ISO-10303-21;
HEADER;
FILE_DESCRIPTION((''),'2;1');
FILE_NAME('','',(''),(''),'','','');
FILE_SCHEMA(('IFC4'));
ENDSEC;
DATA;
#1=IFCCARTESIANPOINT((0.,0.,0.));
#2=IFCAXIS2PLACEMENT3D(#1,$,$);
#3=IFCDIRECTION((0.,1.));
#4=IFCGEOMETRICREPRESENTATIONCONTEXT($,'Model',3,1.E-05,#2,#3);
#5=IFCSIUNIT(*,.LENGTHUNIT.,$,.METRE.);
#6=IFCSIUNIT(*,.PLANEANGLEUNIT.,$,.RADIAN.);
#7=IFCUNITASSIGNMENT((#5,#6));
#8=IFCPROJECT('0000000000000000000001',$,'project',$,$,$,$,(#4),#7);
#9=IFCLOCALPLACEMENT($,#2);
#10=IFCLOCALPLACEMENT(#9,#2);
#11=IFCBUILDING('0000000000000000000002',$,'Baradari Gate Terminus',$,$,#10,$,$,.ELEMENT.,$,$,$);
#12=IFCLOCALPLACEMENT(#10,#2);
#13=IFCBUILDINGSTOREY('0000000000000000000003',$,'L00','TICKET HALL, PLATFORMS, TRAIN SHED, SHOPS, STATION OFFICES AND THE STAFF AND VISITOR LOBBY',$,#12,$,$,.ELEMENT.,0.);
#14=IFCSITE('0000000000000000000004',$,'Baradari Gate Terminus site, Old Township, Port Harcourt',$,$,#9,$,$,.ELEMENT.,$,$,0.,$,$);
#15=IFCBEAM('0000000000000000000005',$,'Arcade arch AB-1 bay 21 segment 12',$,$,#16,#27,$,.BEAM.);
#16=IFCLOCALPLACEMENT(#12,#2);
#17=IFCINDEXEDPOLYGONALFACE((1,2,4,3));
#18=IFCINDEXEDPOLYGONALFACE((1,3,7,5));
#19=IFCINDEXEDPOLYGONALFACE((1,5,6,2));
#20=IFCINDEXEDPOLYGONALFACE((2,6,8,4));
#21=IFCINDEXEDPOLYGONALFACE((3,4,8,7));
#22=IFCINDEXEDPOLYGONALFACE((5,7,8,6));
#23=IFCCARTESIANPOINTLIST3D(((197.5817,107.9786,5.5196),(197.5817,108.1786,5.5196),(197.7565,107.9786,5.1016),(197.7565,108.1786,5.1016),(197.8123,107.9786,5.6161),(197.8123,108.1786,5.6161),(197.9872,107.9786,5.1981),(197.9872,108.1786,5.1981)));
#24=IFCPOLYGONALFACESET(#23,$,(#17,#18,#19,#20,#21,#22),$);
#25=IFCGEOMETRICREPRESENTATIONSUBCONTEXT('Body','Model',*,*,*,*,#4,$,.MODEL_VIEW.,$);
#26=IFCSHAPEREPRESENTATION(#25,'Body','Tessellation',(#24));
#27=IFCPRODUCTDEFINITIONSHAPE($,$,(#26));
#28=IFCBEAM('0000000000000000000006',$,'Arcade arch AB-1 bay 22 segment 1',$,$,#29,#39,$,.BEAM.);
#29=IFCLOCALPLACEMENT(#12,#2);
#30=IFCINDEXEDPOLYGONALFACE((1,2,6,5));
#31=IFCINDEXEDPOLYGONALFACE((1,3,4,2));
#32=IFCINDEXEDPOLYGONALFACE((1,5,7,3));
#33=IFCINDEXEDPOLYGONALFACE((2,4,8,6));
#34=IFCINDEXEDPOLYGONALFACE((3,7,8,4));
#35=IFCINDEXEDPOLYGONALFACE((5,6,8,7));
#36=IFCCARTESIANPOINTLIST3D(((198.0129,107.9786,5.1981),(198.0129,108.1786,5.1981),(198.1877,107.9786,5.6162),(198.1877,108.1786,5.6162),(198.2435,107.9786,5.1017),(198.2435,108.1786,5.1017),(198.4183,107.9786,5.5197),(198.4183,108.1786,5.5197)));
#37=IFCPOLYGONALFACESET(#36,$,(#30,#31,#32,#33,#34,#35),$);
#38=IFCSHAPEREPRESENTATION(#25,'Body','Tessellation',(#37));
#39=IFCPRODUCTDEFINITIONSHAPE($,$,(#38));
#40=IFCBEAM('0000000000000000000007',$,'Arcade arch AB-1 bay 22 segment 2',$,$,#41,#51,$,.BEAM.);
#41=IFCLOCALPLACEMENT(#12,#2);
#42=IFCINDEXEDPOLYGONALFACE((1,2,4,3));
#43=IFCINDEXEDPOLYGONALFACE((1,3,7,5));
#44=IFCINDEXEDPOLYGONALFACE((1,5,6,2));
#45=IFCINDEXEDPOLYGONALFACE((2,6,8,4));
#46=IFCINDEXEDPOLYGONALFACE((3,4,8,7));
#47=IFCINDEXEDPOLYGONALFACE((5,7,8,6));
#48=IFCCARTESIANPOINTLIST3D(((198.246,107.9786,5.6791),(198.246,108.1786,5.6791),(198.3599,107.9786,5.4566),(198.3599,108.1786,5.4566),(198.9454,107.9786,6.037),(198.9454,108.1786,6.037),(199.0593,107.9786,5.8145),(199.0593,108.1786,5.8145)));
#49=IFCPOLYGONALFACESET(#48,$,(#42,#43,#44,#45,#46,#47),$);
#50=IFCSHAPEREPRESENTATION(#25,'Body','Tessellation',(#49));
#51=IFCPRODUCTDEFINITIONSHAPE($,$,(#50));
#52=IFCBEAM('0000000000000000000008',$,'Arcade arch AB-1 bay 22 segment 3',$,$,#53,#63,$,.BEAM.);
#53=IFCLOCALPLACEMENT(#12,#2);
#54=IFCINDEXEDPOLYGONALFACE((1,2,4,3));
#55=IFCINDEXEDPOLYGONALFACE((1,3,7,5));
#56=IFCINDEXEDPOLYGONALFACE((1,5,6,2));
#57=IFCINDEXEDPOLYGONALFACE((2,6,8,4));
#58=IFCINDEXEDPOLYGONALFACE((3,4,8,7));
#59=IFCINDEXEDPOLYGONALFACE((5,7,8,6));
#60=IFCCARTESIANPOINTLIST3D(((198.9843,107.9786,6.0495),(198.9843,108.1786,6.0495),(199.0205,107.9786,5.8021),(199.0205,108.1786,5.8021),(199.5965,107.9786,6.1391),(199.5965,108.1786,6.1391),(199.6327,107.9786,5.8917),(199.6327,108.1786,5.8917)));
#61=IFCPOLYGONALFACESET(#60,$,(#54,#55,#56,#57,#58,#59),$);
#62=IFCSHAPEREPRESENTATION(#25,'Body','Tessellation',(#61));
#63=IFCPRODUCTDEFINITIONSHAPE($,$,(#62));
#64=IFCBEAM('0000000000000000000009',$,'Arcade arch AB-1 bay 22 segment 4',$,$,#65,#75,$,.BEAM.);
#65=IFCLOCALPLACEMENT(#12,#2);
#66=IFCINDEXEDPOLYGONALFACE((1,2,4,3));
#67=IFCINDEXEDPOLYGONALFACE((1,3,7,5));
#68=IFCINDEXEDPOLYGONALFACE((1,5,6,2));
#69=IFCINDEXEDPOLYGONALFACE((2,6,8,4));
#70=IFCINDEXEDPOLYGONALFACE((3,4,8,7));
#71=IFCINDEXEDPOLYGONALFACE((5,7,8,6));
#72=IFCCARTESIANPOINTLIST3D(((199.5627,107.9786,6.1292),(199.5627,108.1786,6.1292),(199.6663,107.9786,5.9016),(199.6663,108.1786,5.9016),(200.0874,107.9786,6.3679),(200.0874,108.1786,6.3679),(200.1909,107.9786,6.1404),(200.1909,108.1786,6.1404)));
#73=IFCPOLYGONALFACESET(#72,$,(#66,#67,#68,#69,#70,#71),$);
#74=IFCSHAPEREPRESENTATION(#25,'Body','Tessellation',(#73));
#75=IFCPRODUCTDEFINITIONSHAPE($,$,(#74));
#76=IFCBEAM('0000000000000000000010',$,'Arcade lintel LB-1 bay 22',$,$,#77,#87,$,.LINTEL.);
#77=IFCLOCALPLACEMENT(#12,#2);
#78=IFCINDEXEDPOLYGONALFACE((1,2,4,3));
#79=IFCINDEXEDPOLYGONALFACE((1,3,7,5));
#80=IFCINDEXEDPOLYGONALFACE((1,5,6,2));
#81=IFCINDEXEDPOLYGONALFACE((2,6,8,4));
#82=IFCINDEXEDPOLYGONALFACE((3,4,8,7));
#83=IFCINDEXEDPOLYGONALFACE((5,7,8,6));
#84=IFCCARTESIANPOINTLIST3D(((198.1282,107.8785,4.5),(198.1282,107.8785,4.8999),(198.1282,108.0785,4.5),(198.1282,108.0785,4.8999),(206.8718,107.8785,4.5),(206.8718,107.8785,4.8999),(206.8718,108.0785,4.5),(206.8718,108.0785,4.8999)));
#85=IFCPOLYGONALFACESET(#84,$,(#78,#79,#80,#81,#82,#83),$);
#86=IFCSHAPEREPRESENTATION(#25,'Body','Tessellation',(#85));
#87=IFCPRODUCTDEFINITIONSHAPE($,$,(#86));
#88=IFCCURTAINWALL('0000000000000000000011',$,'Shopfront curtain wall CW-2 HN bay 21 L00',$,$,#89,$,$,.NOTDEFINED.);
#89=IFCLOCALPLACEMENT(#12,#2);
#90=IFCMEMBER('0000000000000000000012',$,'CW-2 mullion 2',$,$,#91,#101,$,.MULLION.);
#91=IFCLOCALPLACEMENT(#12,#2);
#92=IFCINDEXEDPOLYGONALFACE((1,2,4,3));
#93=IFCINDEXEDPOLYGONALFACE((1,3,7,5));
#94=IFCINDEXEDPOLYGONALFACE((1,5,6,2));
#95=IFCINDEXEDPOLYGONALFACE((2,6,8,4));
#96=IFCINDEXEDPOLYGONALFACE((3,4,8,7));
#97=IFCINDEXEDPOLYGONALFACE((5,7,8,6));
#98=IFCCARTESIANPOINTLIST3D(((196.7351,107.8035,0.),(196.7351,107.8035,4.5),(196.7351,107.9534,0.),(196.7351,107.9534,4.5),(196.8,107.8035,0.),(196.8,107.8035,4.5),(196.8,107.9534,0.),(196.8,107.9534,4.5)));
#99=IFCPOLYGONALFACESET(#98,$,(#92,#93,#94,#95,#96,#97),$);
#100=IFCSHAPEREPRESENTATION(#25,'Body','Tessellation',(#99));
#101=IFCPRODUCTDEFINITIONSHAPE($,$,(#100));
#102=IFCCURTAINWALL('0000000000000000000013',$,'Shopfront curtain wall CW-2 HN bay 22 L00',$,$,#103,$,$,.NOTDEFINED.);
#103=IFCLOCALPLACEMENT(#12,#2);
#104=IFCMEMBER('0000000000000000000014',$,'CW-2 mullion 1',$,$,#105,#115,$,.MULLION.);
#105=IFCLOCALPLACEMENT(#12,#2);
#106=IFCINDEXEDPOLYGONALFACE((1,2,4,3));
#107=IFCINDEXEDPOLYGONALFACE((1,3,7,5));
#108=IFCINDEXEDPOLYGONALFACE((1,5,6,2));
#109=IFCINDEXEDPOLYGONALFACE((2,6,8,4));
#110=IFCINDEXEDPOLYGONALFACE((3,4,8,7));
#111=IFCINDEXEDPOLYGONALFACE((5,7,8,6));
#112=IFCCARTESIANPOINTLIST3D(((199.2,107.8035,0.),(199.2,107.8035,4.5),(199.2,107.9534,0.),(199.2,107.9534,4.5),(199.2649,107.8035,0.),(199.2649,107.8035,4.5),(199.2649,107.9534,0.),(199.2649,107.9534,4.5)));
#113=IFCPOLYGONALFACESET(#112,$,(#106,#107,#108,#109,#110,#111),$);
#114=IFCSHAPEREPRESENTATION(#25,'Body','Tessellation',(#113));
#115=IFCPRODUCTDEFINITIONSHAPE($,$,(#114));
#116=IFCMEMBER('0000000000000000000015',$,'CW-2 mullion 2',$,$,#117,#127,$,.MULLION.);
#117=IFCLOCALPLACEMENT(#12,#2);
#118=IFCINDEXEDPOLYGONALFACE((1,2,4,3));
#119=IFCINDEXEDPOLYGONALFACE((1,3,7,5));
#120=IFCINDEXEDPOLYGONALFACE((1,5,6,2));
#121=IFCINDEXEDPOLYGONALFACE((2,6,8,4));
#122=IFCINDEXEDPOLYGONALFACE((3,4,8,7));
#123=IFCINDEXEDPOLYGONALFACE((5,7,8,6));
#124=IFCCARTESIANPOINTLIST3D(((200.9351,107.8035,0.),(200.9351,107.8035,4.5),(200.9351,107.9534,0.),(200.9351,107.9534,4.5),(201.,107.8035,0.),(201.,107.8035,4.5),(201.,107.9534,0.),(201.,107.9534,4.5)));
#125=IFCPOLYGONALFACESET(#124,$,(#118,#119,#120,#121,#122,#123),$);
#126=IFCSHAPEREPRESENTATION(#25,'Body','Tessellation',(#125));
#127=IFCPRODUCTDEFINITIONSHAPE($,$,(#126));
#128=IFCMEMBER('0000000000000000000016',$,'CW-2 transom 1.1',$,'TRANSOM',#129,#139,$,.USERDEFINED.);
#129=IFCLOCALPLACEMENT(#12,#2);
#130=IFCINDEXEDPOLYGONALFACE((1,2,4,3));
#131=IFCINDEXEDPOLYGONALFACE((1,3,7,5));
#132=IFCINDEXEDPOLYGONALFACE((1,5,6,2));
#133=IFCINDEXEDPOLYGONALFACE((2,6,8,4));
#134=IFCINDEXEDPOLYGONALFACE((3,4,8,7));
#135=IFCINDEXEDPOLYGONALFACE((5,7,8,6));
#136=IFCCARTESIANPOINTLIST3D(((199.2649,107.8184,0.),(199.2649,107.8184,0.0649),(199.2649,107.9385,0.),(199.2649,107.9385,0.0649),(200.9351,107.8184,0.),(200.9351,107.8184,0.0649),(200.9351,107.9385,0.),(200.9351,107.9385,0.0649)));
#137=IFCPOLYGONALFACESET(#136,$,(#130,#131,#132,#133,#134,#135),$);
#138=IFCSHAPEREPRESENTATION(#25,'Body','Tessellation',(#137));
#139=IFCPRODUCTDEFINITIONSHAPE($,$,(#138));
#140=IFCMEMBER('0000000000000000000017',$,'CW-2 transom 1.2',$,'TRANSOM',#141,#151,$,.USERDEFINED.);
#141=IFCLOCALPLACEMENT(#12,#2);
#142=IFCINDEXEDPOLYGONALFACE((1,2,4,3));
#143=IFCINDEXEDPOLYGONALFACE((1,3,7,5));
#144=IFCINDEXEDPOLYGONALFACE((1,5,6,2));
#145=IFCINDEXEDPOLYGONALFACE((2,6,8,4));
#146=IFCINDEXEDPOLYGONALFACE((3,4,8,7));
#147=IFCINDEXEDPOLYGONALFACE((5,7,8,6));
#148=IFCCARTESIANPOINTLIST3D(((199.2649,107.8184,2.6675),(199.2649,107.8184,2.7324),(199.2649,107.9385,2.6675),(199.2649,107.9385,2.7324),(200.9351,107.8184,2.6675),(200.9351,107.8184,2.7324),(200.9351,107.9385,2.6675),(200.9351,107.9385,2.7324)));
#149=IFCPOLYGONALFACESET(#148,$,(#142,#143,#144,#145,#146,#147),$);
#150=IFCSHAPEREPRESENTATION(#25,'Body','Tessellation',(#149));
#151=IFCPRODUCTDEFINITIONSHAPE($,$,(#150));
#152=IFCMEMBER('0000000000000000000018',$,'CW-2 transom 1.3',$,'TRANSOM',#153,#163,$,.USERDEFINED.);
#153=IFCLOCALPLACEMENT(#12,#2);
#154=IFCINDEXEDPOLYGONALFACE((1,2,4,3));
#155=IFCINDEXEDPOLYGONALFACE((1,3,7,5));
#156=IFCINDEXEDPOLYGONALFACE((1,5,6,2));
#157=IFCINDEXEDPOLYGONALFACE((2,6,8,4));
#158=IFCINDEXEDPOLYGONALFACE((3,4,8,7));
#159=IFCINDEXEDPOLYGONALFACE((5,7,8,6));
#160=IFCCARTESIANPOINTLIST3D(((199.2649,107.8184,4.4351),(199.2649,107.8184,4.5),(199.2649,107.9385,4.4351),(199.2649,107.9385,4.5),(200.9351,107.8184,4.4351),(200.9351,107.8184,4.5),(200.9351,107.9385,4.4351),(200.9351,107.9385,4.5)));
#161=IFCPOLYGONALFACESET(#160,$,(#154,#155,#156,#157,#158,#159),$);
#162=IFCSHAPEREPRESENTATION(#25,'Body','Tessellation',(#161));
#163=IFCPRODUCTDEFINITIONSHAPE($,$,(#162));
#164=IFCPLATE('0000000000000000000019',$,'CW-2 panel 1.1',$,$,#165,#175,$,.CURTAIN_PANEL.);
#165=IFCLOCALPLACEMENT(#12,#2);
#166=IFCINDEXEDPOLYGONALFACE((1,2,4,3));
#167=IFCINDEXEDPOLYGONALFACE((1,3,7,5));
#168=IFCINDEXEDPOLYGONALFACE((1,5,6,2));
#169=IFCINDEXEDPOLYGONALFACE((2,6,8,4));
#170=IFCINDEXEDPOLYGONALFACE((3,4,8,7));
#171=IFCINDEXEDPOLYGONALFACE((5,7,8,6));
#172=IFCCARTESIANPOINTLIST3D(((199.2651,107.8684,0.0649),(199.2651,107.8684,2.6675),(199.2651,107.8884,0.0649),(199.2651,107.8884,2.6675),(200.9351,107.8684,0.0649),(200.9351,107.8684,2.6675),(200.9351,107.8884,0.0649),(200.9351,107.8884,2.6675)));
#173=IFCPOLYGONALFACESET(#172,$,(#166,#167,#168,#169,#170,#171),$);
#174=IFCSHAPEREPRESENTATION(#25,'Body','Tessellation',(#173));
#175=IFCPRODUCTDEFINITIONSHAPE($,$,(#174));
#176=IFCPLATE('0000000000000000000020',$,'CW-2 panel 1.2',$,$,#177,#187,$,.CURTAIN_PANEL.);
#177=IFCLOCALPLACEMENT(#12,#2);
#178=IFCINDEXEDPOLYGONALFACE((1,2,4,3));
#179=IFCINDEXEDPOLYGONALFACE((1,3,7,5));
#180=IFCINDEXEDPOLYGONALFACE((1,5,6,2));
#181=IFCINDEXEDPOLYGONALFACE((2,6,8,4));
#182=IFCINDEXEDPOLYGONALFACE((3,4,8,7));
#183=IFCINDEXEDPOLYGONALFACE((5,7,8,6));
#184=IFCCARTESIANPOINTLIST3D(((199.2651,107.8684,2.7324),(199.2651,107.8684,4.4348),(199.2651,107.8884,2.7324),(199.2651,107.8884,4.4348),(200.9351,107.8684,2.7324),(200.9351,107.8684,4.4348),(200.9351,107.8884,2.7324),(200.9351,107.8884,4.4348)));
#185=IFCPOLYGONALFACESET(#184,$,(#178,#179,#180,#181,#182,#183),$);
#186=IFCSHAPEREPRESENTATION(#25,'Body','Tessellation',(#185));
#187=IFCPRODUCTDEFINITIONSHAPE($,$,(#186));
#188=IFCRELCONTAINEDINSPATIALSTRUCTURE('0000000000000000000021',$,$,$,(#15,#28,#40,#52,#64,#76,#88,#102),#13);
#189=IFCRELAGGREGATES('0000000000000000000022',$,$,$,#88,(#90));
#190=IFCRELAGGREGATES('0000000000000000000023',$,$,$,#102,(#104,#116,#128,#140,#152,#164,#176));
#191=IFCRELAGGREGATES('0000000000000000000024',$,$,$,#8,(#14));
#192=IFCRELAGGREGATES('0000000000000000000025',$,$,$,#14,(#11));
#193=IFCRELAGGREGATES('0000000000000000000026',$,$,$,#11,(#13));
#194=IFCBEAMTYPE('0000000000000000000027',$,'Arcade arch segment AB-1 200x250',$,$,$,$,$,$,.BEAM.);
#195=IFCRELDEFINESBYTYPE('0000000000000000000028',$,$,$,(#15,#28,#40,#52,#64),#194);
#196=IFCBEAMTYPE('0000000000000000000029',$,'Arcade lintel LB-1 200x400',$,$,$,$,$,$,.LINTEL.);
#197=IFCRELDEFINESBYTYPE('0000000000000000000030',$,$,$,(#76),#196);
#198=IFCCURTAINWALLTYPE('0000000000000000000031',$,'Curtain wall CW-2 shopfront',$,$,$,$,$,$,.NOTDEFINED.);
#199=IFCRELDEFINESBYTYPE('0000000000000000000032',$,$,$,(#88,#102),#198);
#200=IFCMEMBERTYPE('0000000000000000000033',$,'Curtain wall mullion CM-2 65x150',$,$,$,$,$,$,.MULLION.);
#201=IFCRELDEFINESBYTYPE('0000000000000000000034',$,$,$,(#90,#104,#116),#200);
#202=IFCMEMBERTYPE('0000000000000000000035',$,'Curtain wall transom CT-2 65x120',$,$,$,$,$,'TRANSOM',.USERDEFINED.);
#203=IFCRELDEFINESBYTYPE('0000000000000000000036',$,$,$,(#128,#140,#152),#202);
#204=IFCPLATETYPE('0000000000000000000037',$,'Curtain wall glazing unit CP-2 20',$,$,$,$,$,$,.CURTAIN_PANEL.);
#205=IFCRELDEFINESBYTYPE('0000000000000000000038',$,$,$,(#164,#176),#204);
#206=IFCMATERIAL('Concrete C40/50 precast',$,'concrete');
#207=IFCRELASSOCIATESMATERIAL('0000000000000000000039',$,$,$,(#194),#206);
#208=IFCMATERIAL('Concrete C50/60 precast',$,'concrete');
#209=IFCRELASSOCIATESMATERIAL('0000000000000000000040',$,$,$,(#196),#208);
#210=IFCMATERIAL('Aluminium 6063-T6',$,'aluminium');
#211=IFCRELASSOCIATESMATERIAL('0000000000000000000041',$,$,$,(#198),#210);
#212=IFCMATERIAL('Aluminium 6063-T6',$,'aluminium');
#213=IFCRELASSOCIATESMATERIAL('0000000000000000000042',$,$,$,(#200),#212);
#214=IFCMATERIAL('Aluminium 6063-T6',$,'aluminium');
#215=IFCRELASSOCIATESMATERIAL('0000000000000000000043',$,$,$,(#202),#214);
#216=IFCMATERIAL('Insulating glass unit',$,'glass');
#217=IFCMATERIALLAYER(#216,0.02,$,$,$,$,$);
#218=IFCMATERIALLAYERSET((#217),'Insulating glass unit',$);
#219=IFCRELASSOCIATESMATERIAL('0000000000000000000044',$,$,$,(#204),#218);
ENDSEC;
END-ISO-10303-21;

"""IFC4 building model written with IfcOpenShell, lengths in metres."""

from ifc_helpers import new_model, si_unit, direction, frame, origin, origin_2d, place, context, subcontext, project, spatial, rectangle, extrude, material, layer, layer_set, material_profile, profile_set, type_object, element, aggregate, save


model = new_model("IFC4")

# Units and contexts
model_context = context("Model", 3, precision=1e-05, world=origin(), true_north=direction((0.0, 1.0)))
body_context = subcontext(model_context, "Body", "Model", "MODEL_VIEW")
ifc_project = project(units=[si_unit("LENGTHUNIT", "METRE"), si_unit("PLANEANGLEUNIT", "RADIAN")], contexts=[model_context])

# Site, building, storey
site_placement = place(None, origin())
site = spatial("IfcSite", under=ifc_project, at=site_placement, Name="Baradari Gate Terminus site, Old Township, Port Harcourt", CompositionType="ELEMENT", RefElevation=0.0)
building_placement = place(site_placement, origin())
building = spatial("IfcBuilding", under=site, at=building_placement, Name="Baradari Gate Terminus", CompositionType="ELEMENT")
storey_placement = place(building_placement, origin())
storey = spatial("IfcBuildingStorey", under=building, at=storey_placement, Name="L00", Description="TICKET HALL, PLATFORMS, TRAIN SHED, SHOPS, STATION OFFICES AND THE STAFF AND VISITOR LOBBY", CompositionType="ELEMENT", Elevation=0.0)

# Beams
ifc_material_1 = material(Name="Concrete C40/50 precast", Category="concrete")
ifc_material_profile_1 = material_profile(ifc_material_1, rectangle(XDim=0.2, YDim=0.25, at=origin_2d()), Name="AB-1 200X250")
ifc_profile_set_1 = profile_set([ifc_material_profile_1], Name="Concrete C40/50 precast")
beam_type_1 = type_object("IfcBeamType", Name="Arcade arch segment AB-1 200x250", PredefinedType="BEAM", material=ifc_profile_set_1)
for number, where, z_axis, x_axis, name in (
    (1, (197.697, 108.0786, 5.5679), (0.385839, 0.0, -0.922566), (0.0, 1.0, 0.0), "Arcade arch AB-1 bay 21 segment 12"),
    (2, (198.1282, 108.0786, 5.1499), (0.385839, 0.0, 0.922566), (0.0, 1.0, 0.0), "Arcade arch AB-1 bay 22 segment 1"),
):
    element("IfcBeam", number, at=place(storey_placement, frame(where, z_axis=z_axis, x_axis=x_axis)), inside=storey, type_object=beam_type_1, Name=name, PredefinedType="BEAM", context=body_context, shape_type="SweptSolid", body=[
        extrude(rectangle(XDim=0.2, YDim=0.25, at=origin_2d()), origin(), (0.0, 0.0, 1.0), 0.4531),
    ])
beam_1_placement = place(storey_placement, frame((198.303, 108.0786, 5.5679), z_axis=(0.890225, 0.0, 0.455522), x_axis=(0.0, 1.0, 0.0)))
element("IfcBeam", 3, at=beam_1_placement, inside=storey, type_object=beam_type_1, Name="Arcade arch AB-1 bay 22 segment 2", PredefinedType="BEAM", context=body_context, shape_type="SweptSolid", body=[
    extrude(rectangle(XDim=0.2, YDim=0.25, at=origin_2d()), origin(), (0.0, 0.0, 1.0), 0.7856),
])
beam_2_placement = place(storey_placement, frame((199.0024, 108.0786, 5.9258), z_axis=(0.989454, 0.0, 0.144846), x_axis=(0.0, 1.0, 0.0)))
element("IfcBeam", 4, at=beam_2_placement, inside=storey, type_object=beam_type_1, Name="Arcade arch AB-1 bay 22 segment 3", PredefinedType="BEAM", context=body_context, shape_type="SweptSolid", body=[
    extrude(rectangle(XDim=0.2, YDim=0.25, at=origin_2d()), origin(), (0.0, 0.0, 1.0), 0.6187),
])
beam_3_placement = place(storey_placement, frame((199.6145, 108.0786, 6.0154), z_axis=(0.910178, 0.0, 0.414218), x_axis=(0.0, 1.0, 0.0)))
element("IfcBeam", 5, at=beam_3_placement, inside=storey, type_object=beam_type_1, Name="Arcade arch AB-1 bay 22 segment 4", PredefinedType="BEAM", context=body_context, shape_type="SweptSolid", body=[
    extrude(rectangle(XDim=0.2, YDim=0.25, at=origin_2d()), origin(), (0.0, 0.0, 1.0), 0.5764),
])
ifc_material_2 = material(Name="Concrete C50/60 precast", Category="concrete")
ifc_material_profile_2 = material_profile(ifc_material_2, rectangle(XDim=0.2, YDim=0.3999, at=origin_2d()), Name="LB-1 200X400")
ifc_profile_set_2 = profile_set([ifc_material_profile_2], Name="Concrete C50/60 precast")
beam_type_2 = type_object("IfcBeamType", Name="Arcade lintel LB-1 200x400", PredefinedType="LINTEL", material=ifc_profile_set_2)
beam_4_placement = place(storey_placement, frame((198.1282, 107.9785, 4.7), z_axis=(1.0, 0.0, 0.0), x_axis=(0.0, 1.0, 0.0)))
element("IfcBeam", 6, at=beam_4_placement, inside=storey, type_object=beam_type_2, Name="Arcade lintel LB-1 bay 22", PredefinedType="LINTEL", context=body_context, shape_type="SweptSolid", body=[
    extrude(rectangle(XDim=0.2, YDim=0.3999, at=origin_2d()), origin(), (0.0, 0.0, 1.0), 8.7437),
])

# Curtain wall, member
ifc_material_3 = material(Name="Aluminium 6063-T6", Category="aluminium")
curtain_wall_type = type_object("IfcCurtainWallType", Name="Curtain wall CW-2 shopfront", PredefinedType="NOTDEFINED", material=ifc_material_3)
curtain_wall_1_placement = place(storey_placement, origin())
curtain_wall_1 = element("IfcCurtainWall", 7, at=curtain_wall_1_placement, inside=storey, type_object=curtain_wall_type, Name="Shopfront curtain wall CW-2 HN bay 21 L00", PredefinedType="NOTDEFINED")
ifc_material_4 = material(Name="Aluminium 6063-T6", Category="aluminium")
ifc_material_profile_3 = material_profile(ifc_material_4, rectangle(XDim=0.1499, YDim=0.0649, at=origin_2d()), Name="CM-2 65X150")
ifc_profile_set_3 = profile_set([ifc_material_profile_3], Name="Aluminium 6063-T6")
member_type_1 = type_object("IfcMemberType", Name="Curtain wall mullion CM-2 65x150", PredefinedType="MULLION", material=ifc_profile_set_3)
member_1_placement = place(storey_placement, frame((196.7676, 107.8784, 0.0), z_axis=(0.0, 0.0, 1.0), x_axis=(0.0, 1.0, 0.0)))
member_1 = element("IfcMember", 8, at=member_1_placement, type_object=member_type_1, Name="CW-2 mullion 2", PredefinedType="MULLION", context=body_context, shape_type="SweptSolid", body=[
    extrude(rectangle(XDim=0.1499, YDim=0.0649, at=origin_2d()), origin(), (0.0, 0.0, 1.0), 4.5),
])
aggregate(curtain_wall_1, [member_1])

# Curtain wall, members, plates
curtain_wall_2_placement = place(storey_placement, origin())
curtain_wall_2 = element("IfcCurtainWall", 9, at=curtain_wall_2_placement, inside=storey, type_object=curtain_wall_type, Name="Shopfront curtain wall CW-2 HN bay 22 L00", PredefinedType="NOTDEFINED")
member_2_placement = place(storey_placement, frame((199.2324, 107.8784, 0.0), z_axis=(0.0, 0.0, 1.0), x_axis=(0.0, 1.0, 0.0)))
member_2 = element("IfcMember", 10, at=member_2_placement, type_object=member_type_1, Name="CW-2 mullion 1", PredefinedType="MULLION", context=body_context, shape_type="SweptSolid", body=[
    extrude(rectangle(XDim=0.1499, YDim=0.0649, at=origin_2d()), origin(), (0.0, 0.0, 1.0), 4.5),
])
member_3_placement = place(storey_placement, frame((200.9675, 107.8784, 0.0), z_axis=(0.0, 0.0, 1.0), x_axis=(0.0, 1.0, 0.0)))
member_3 = element("IfcMember", 11, at=member_3_placement, type_object=member_type_1, Name="CW-2 mullion 2", PredefinedType="MULLION", context=body_context, shape_type="SweptSolid", body=[
    extrude(rectangle(XDim=0.1499, YDim=0.0649, at=origin_2d()), origin(), (0.0, 0.0, 1.0), 4.5),
])
ifc_material_5 = material(Name="Aluminium 6063-T6", Category="aluminium")
ifc_material_profile_4 = material_profile(ifc_material_5, rectangle(XDim=0.1201, YDim=0.0649, at=origin_2d()), Name="CT-2 65X120")
ifc_profile_set_4 = profile_set([ifc_material_profile_4], Name="Aluminium 6063-T6")
member_type_2 = type_object("IfcMemberType", Name="Curtain wall transom CT-2 65x120", ElementType="TRANSOM", PredefinedType="USERDEFINED", material=ifc_profile_set_4)
member_4_placement = place(storey_placement, frame((199.2649, 107.8784, 0.0325), z_axis=(1.0, 0.0, 0.0), x_axis=(0.0, 1.0, 0.0)))
member_4 = element("IfcMember", 12, at=member_4_placement, type_object=member_type_2, Name="CW-2 transom 1.1", ObjectType="TRANSOM", PredefinedType="USERDEFINED", context=body_context, shape_type="SweptSolid", body=[
    extrude(rectangle(XDim=0.1201, YDim=0.0649, at=origin_2d()), origin(), (0.0, 0.0, 1.0), 1.6702),
])
member_5_placement = place(storey_placement, frame((199.2649, 107.8784, 2.7), z_axis=(1.0, 0.0, 0.0), x_axis=(0.0, 1.0, 0.0)))
member_5 = element("IfcMember", 13, at=member_5_placement, type_object=member_type_2, Name="CW-2 transom 1.2", ObjectType="TRANSOM", PredefinedType="USERDEFINED", context=body_context, shape_type="SweptSolid", body=[
    extrude(rectangle(XDim=0.1201, YDim=0.0649, at=origin_2d()), origin(), (0.0, 0.0, 1.0), 1.6702),
])
member_6_placement = place(storey_placement, frame((199.2649, 107.8784, 4.4675), z_axis=(1.0, 0.0, 0.0), x_axis=(0.0, 1.0, 0.0)))
member_6 = element("IfcMember", 14, at=member_6_placement, type_object=member_type_2, Name="CW-2 transom 1.3", ObjectType="TRANSOM", PredefinedType="USERDEFINED", context=body_context, shape_type="SweptSolid", body=[
    extrude(rectangle(XDim=0.1201, YDim=0.0649, at=origin_2d()), origin(), (0.0, 0.0, 1.0), 1.6702),
])
ifc_material_6 = material(Name="Insulating glass unit", Category="glass")
ifc_layer_1 = layer(ifc_material_6, 0.02)
ifc_layer_set_1 = layer_set([ifc_layer_1], Name="Insulating glass unit")
plate_type = type_object("IfcPlateType", Name="Curtain wall glazing unit CP-2 20", PredefinedType="CURTAIN_PANEL", material=ifc_layer_set_1)
plate_1_placement = place(storey_placement, frame((200.1001, 107.8784, 0.0649), z_axis=(0.0, 0.0, 1.0), x_axis=(1.0, 0.0, 0.0)))
plate_1 = element("IfcPlate", 15, at=plate_1_placement, type_object=plate_type, Name="CW-2 panel 1.1", PredefinedType="CURTAIN_PANEL", context=body_context, shape_type="SweptSolid", body=[
    extrude(rectangle(XDim=1.6699, YDim=0.02, at=origin_2d()), origin(), (0.0, 0.0, 1.0), 2.6025),
])
plate_2_placement = place(storey_placement, frame((200.1001, 107.8784, 2.7324), z_axis=(0.0, 0.0, 1.0), x_axis=(1.0, 0.0, 0.0)))
plate_2 = element("IfcPlate", 16, at=plate_2_placement, type_object=plate_type, Name="CW-2 panel 1.2", PredefinedType="CURTAIN_PANEL", context=body_context, shape_type="SweptSolid", body=[
    extrude(rectangle(XDim=1.6699, YDim=0.02, at=origin_2d()), origin(), (0.0, 0.0, 1.0), 1.7024),
])
aggregate(curtain_wall_2, [member_2, member_3, member_4, member_5, member_6, plate_1, plate_2])

save(model, "model.ifc")
